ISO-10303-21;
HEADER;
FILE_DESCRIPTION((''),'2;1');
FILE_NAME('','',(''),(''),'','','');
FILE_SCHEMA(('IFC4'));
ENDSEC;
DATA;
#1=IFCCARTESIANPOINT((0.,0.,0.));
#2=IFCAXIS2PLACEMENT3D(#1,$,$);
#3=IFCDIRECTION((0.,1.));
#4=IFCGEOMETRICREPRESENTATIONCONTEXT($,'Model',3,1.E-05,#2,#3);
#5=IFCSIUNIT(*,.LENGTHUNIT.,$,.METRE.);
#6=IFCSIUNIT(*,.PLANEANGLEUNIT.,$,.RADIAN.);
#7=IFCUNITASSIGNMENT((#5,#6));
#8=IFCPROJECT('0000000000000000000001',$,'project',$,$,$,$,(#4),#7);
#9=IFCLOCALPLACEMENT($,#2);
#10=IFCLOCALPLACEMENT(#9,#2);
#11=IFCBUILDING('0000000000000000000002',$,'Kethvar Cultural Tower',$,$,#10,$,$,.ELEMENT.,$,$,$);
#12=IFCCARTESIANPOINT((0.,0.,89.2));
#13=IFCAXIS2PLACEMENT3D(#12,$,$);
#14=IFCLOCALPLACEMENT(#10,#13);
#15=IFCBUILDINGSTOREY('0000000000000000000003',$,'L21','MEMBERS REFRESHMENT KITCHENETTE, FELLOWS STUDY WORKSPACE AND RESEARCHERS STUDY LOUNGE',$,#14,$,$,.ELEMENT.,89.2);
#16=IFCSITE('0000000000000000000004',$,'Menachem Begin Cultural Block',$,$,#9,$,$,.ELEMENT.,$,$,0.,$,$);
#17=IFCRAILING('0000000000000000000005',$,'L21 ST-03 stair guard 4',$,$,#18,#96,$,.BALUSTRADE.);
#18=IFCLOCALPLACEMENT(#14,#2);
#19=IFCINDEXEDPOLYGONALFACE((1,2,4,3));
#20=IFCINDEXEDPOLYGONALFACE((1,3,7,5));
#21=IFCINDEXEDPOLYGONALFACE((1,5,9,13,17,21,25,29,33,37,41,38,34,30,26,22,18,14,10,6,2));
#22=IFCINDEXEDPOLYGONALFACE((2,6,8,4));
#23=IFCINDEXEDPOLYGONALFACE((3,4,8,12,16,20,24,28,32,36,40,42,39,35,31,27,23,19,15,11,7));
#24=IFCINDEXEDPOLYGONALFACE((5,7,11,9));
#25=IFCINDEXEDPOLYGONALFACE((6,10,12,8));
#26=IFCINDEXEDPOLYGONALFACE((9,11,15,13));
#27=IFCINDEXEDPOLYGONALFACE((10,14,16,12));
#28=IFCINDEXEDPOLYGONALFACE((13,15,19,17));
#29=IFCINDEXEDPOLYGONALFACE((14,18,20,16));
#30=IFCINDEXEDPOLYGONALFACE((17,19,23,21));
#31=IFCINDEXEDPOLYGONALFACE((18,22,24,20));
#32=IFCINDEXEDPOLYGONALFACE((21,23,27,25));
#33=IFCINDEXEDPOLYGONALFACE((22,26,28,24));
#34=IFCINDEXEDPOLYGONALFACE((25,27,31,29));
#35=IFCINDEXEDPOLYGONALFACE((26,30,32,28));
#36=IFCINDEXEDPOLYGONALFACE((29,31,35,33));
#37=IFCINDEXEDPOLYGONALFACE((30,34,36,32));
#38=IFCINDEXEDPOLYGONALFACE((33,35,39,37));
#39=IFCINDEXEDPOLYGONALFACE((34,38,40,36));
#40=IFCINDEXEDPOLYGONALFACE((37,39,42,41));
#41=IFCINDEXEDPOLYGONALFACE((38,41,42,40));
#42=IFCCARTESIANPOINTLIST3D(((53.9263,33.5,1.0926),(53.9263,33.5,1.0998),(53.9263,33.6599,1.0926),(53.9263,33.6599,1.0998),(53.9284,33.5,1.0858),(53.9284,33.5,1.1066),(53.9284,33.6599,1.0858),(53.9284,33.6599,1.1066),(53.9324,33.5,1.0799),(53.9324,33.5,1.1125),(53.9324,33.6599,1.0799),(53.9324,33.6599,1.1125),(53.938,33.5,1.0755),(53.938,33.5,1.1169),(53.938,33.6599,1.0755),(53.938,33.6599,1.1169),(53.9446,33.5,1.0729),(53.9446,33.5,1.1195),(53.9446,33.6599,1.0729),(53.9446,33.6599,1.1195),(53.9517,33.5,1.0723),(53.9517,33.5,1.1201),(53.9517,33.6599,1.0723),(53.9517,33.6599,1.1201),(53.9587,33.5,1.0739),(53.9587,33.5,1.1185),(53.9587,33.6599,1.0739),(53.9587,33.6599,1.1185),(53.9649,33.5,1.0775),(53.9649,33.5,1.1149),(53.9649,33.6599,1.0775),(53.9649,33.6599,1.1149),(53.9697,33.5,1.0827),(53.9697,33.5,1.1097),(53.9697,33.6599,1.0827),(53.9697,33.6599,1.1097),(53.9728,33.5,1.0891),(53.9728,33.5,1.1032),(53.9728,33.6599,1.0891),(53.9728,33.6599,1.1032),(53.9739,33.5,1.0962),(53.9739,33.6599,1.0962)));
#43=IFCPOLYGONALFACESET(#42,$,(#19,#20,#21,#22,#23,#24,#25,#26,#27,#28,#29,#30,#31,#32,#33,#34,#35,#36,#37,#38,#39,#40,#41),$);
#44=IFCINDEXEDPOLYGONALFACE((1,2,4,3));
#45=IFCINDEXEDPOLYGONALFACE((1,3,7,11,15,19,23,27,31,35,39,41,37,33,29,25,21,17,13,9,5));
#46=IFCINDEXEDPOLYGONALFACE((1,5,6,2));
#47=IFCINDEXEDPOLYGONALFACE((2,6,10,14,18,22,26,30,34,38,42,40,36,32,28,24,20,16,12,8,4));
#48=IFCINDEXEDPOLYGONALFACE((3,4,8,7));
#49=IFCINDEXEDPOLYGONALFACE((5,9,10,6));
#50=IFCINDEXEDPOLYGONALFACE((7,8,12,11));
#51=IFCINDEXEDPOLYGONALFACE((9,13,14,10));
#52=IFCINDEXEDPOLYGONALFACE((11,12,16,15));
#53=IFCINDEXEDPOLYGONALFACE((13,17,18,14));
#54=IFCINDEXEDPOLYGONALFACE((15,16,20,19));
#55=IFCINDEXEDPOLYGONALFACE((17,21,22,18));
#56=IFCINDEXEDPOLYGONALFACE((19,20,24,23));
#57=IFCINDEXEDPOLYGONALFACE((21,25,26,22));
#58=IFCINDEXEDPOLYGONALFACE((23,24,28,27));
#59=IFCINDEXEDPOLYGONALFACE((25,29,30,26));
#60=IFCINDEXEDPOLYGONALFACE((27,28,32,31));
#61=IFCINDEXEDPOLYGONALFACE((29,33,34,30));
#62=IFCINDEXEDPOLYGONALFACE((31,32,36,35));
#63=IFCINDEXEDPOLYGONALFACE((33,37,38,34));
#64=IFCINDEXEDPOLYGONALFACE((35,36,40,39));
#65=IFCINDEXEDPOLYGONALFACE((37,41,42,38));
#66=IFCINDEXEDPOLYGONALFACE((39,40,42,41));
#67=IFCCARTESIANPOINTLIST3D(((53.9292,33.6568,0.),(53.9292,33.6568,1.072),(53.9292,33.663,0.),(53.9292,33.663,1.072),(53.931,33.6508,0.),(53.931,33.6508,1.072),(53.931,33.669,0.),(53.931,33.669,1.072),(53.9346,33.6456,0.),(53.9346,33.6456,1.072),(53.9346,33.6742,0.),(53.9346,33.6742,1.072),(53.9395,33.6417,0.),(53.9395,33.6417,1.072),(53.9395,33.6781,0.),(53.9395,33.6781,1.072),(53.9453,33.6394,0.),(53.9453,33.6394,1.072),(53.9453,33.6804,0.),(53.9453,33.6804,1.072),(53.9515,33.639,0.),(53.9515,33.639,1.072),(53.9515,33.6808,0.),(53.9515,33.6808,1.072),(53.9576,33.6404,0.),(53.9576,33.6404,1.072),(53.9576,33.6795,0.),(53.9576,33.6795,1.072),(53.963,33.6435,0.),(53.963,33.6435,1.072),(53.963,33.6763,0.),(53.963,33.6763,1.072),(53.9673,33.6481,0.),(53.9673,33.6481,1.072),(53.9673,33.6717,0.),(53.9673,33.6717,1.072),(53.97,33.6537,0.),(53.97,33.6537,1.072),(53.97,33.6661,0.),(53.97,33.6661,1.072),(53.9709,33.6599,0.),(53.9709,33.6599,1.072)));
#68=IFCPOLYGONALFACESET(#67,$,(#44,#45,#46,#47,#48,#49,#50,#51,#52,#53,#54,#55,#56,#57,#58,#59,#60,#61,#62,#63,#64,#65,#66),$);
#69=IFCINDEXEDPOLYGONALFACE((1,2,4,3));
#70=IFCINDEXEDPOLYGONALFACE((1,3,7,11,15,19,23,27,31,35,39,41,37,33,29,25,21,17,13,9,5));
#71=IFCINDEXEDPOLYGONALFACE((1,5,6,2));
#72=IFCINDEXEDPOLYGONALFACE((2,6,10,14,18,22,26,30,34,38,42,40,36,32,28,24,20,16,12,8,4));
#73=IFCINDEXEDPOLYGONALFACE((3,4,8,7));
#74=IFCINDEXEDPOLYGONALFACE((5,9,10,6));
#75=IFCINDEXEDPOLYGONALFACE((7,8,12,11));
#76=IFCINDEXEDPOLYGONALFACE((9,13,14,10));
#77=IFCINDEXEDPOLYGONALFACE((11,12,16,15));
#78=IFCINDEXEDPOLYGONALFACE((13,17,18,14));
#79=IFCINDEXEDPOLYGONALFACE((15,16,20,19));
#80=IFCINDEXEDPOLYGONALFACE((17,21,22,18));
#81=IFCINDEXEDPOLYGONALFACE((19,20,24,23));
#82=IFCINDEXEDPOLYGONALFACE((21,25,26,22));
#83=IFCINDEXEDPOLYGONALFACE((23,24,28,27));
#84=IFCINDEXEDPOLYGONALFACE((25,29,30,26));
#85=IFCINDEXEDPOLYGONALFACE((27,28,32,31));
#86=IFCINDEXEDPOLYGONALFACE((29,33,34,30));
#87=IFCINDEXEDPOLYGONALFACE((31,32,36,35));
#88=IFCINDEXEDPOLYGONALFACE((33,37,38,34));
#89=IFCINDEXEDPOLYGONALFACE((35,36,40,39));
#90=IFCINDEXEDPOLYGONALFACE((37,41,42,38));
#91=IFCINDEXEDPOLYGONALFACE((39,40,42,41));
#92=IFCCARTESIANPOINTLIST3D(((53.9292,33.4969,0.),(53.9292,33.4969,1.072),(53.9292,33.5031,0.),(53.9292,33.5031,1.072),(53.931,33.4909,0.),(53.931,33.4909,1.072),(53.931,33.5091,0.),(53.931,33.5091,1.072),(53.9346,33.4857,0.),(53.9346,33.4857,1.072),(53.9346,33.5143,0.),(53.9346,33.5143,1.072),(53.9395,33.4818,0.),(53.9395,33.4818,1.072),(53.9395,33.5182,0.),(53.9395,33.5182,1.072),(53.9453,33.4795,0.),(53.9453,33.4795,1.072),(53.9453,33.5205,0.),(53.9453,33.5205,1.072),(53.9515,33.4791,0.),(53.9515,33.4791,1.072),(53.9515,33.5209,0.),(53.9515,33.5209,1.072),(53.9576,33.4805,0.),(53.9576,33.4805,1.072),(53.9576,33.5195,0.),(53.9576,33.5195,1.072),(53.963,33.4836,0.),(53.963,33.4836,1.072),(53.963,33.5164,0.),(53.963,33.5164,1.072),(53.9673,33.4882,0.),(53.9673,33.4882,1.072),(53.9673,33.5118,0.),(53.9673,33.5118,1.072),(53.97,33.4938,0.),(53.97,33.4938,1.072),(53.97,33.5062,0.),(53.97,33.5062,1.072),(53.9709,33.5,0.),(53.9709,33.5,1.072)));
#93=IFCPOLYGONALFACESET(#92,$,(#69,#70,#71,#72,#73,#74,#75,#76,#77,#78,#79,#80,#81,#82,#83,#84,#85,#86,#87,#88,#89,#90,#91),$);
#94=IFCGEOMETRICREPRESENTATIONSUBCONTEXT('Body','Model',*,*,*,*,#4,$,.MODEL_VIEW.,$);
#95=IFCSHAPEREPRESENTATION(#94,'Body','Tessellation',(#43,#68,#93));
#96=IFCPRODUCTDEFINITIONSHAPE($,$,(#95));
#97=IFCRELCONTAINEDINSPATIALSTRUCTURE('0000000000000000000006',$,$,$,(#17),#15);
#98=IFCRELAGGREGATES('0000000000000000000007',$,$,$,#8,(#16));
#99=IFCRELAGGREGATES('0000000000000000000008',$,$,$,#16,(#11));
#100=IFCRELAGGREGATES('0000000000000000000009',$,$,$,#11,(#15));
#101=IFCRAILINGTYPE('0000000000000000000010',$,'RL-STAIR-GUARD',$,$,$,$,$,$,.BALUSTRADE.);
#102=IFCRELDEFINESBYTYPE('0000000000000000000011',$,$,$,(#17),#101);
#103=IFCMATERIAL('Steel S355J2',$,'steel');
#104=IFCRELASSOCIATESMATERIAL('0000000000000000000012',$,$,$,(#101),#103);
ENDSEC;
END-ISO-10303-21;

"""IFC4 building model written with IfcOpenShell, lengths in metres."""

from ifc_helpers import new_model, si_unit, direction, frame, origin, origin_2d, place, context, subcontext, project, spatial, circle, extrude, material, type_object, element, save


model = new_model("IFC4")

# Units and contexts
model_context = context("Model", 3, precision=1e-05, world=origin(), true_north=direction((0.0, 1.0)))
body_context = subcontext(model_context, "Body", "Model", "MODEL_VIEW")
ifc_project = project(units=[si_unit("LENGTHUNIT", "METRE"), si_unit("PLANEANGLEUNIT", "RADIAN")], contexts=[model_context])

# Site, building, storey
site_placement = place(None, origin())
site = spatial("IfcSite", under=ifc_project, at=site_placement, Name="Menachem Begin Cultural Block", CompositionType="ELEMENT", RefElevation=0.0)
building_placement = place(site_placement, origin())
building = spatial("IfcBuilding", under=site, at=building_placement, Name="Kethvar Cultural Tower", CompositionType="ELEMENT")
storey_placement = place(building_placement, frame((0.0, 0.0, 89.2)))
storey = spatial("IfcBuildingStorey", under=building, at=storey_placement, Name="L21", Description="MEMBERS REFRESHMENT KITCHENETTE, FELLOWS STUDY WORKSPACE AND RESEARCHERS STUDY LOUNGE", CompositionType="ELEMENT", Elevation=89.2)

# Shared definitions
ifc_material_1 = material(Name="Steel S355J2", Category="steel")

# Railing
railing_type_1 = type_object("IfcRailingType", Name="RL-STAIR-GUARD", PredefinedType="BALUSTRADE", material=ifc_material_1)
railing_1_placement = place(storey_placement, frame((53.95, 33.6599, 0.0)))
element("IfcRailing", 1, at=railing_1_placement, inside=storey, type_object=railing_type_1, Name="L21 ST-03 stair guard 4", PredefinedType="BALUSTRADE", context=body_context, shape_type="SweptSolid", body=[
    extrude(circle(Radius=0.0239, at=origin_2d()), frame((0.0, 0.0, 1.0962), z_axis=(0.0, -1.0, 0.0), x_axis=(1.0, 0.0, 0.0)), (0.0, 0.0, 1.0), 0.1599),
    extrude(circle(Radius=0.021, at=origin_2d()), origin(), (0.0, 0.0, 1.0), 1.072),
    extrude(circle(Radius=0.021, at=origin_2d()), frame((0.0, -0.1599, 0.0)), (0.0, 0.0, 1.0), 1.072),
])

save(model, "model.ifc")
